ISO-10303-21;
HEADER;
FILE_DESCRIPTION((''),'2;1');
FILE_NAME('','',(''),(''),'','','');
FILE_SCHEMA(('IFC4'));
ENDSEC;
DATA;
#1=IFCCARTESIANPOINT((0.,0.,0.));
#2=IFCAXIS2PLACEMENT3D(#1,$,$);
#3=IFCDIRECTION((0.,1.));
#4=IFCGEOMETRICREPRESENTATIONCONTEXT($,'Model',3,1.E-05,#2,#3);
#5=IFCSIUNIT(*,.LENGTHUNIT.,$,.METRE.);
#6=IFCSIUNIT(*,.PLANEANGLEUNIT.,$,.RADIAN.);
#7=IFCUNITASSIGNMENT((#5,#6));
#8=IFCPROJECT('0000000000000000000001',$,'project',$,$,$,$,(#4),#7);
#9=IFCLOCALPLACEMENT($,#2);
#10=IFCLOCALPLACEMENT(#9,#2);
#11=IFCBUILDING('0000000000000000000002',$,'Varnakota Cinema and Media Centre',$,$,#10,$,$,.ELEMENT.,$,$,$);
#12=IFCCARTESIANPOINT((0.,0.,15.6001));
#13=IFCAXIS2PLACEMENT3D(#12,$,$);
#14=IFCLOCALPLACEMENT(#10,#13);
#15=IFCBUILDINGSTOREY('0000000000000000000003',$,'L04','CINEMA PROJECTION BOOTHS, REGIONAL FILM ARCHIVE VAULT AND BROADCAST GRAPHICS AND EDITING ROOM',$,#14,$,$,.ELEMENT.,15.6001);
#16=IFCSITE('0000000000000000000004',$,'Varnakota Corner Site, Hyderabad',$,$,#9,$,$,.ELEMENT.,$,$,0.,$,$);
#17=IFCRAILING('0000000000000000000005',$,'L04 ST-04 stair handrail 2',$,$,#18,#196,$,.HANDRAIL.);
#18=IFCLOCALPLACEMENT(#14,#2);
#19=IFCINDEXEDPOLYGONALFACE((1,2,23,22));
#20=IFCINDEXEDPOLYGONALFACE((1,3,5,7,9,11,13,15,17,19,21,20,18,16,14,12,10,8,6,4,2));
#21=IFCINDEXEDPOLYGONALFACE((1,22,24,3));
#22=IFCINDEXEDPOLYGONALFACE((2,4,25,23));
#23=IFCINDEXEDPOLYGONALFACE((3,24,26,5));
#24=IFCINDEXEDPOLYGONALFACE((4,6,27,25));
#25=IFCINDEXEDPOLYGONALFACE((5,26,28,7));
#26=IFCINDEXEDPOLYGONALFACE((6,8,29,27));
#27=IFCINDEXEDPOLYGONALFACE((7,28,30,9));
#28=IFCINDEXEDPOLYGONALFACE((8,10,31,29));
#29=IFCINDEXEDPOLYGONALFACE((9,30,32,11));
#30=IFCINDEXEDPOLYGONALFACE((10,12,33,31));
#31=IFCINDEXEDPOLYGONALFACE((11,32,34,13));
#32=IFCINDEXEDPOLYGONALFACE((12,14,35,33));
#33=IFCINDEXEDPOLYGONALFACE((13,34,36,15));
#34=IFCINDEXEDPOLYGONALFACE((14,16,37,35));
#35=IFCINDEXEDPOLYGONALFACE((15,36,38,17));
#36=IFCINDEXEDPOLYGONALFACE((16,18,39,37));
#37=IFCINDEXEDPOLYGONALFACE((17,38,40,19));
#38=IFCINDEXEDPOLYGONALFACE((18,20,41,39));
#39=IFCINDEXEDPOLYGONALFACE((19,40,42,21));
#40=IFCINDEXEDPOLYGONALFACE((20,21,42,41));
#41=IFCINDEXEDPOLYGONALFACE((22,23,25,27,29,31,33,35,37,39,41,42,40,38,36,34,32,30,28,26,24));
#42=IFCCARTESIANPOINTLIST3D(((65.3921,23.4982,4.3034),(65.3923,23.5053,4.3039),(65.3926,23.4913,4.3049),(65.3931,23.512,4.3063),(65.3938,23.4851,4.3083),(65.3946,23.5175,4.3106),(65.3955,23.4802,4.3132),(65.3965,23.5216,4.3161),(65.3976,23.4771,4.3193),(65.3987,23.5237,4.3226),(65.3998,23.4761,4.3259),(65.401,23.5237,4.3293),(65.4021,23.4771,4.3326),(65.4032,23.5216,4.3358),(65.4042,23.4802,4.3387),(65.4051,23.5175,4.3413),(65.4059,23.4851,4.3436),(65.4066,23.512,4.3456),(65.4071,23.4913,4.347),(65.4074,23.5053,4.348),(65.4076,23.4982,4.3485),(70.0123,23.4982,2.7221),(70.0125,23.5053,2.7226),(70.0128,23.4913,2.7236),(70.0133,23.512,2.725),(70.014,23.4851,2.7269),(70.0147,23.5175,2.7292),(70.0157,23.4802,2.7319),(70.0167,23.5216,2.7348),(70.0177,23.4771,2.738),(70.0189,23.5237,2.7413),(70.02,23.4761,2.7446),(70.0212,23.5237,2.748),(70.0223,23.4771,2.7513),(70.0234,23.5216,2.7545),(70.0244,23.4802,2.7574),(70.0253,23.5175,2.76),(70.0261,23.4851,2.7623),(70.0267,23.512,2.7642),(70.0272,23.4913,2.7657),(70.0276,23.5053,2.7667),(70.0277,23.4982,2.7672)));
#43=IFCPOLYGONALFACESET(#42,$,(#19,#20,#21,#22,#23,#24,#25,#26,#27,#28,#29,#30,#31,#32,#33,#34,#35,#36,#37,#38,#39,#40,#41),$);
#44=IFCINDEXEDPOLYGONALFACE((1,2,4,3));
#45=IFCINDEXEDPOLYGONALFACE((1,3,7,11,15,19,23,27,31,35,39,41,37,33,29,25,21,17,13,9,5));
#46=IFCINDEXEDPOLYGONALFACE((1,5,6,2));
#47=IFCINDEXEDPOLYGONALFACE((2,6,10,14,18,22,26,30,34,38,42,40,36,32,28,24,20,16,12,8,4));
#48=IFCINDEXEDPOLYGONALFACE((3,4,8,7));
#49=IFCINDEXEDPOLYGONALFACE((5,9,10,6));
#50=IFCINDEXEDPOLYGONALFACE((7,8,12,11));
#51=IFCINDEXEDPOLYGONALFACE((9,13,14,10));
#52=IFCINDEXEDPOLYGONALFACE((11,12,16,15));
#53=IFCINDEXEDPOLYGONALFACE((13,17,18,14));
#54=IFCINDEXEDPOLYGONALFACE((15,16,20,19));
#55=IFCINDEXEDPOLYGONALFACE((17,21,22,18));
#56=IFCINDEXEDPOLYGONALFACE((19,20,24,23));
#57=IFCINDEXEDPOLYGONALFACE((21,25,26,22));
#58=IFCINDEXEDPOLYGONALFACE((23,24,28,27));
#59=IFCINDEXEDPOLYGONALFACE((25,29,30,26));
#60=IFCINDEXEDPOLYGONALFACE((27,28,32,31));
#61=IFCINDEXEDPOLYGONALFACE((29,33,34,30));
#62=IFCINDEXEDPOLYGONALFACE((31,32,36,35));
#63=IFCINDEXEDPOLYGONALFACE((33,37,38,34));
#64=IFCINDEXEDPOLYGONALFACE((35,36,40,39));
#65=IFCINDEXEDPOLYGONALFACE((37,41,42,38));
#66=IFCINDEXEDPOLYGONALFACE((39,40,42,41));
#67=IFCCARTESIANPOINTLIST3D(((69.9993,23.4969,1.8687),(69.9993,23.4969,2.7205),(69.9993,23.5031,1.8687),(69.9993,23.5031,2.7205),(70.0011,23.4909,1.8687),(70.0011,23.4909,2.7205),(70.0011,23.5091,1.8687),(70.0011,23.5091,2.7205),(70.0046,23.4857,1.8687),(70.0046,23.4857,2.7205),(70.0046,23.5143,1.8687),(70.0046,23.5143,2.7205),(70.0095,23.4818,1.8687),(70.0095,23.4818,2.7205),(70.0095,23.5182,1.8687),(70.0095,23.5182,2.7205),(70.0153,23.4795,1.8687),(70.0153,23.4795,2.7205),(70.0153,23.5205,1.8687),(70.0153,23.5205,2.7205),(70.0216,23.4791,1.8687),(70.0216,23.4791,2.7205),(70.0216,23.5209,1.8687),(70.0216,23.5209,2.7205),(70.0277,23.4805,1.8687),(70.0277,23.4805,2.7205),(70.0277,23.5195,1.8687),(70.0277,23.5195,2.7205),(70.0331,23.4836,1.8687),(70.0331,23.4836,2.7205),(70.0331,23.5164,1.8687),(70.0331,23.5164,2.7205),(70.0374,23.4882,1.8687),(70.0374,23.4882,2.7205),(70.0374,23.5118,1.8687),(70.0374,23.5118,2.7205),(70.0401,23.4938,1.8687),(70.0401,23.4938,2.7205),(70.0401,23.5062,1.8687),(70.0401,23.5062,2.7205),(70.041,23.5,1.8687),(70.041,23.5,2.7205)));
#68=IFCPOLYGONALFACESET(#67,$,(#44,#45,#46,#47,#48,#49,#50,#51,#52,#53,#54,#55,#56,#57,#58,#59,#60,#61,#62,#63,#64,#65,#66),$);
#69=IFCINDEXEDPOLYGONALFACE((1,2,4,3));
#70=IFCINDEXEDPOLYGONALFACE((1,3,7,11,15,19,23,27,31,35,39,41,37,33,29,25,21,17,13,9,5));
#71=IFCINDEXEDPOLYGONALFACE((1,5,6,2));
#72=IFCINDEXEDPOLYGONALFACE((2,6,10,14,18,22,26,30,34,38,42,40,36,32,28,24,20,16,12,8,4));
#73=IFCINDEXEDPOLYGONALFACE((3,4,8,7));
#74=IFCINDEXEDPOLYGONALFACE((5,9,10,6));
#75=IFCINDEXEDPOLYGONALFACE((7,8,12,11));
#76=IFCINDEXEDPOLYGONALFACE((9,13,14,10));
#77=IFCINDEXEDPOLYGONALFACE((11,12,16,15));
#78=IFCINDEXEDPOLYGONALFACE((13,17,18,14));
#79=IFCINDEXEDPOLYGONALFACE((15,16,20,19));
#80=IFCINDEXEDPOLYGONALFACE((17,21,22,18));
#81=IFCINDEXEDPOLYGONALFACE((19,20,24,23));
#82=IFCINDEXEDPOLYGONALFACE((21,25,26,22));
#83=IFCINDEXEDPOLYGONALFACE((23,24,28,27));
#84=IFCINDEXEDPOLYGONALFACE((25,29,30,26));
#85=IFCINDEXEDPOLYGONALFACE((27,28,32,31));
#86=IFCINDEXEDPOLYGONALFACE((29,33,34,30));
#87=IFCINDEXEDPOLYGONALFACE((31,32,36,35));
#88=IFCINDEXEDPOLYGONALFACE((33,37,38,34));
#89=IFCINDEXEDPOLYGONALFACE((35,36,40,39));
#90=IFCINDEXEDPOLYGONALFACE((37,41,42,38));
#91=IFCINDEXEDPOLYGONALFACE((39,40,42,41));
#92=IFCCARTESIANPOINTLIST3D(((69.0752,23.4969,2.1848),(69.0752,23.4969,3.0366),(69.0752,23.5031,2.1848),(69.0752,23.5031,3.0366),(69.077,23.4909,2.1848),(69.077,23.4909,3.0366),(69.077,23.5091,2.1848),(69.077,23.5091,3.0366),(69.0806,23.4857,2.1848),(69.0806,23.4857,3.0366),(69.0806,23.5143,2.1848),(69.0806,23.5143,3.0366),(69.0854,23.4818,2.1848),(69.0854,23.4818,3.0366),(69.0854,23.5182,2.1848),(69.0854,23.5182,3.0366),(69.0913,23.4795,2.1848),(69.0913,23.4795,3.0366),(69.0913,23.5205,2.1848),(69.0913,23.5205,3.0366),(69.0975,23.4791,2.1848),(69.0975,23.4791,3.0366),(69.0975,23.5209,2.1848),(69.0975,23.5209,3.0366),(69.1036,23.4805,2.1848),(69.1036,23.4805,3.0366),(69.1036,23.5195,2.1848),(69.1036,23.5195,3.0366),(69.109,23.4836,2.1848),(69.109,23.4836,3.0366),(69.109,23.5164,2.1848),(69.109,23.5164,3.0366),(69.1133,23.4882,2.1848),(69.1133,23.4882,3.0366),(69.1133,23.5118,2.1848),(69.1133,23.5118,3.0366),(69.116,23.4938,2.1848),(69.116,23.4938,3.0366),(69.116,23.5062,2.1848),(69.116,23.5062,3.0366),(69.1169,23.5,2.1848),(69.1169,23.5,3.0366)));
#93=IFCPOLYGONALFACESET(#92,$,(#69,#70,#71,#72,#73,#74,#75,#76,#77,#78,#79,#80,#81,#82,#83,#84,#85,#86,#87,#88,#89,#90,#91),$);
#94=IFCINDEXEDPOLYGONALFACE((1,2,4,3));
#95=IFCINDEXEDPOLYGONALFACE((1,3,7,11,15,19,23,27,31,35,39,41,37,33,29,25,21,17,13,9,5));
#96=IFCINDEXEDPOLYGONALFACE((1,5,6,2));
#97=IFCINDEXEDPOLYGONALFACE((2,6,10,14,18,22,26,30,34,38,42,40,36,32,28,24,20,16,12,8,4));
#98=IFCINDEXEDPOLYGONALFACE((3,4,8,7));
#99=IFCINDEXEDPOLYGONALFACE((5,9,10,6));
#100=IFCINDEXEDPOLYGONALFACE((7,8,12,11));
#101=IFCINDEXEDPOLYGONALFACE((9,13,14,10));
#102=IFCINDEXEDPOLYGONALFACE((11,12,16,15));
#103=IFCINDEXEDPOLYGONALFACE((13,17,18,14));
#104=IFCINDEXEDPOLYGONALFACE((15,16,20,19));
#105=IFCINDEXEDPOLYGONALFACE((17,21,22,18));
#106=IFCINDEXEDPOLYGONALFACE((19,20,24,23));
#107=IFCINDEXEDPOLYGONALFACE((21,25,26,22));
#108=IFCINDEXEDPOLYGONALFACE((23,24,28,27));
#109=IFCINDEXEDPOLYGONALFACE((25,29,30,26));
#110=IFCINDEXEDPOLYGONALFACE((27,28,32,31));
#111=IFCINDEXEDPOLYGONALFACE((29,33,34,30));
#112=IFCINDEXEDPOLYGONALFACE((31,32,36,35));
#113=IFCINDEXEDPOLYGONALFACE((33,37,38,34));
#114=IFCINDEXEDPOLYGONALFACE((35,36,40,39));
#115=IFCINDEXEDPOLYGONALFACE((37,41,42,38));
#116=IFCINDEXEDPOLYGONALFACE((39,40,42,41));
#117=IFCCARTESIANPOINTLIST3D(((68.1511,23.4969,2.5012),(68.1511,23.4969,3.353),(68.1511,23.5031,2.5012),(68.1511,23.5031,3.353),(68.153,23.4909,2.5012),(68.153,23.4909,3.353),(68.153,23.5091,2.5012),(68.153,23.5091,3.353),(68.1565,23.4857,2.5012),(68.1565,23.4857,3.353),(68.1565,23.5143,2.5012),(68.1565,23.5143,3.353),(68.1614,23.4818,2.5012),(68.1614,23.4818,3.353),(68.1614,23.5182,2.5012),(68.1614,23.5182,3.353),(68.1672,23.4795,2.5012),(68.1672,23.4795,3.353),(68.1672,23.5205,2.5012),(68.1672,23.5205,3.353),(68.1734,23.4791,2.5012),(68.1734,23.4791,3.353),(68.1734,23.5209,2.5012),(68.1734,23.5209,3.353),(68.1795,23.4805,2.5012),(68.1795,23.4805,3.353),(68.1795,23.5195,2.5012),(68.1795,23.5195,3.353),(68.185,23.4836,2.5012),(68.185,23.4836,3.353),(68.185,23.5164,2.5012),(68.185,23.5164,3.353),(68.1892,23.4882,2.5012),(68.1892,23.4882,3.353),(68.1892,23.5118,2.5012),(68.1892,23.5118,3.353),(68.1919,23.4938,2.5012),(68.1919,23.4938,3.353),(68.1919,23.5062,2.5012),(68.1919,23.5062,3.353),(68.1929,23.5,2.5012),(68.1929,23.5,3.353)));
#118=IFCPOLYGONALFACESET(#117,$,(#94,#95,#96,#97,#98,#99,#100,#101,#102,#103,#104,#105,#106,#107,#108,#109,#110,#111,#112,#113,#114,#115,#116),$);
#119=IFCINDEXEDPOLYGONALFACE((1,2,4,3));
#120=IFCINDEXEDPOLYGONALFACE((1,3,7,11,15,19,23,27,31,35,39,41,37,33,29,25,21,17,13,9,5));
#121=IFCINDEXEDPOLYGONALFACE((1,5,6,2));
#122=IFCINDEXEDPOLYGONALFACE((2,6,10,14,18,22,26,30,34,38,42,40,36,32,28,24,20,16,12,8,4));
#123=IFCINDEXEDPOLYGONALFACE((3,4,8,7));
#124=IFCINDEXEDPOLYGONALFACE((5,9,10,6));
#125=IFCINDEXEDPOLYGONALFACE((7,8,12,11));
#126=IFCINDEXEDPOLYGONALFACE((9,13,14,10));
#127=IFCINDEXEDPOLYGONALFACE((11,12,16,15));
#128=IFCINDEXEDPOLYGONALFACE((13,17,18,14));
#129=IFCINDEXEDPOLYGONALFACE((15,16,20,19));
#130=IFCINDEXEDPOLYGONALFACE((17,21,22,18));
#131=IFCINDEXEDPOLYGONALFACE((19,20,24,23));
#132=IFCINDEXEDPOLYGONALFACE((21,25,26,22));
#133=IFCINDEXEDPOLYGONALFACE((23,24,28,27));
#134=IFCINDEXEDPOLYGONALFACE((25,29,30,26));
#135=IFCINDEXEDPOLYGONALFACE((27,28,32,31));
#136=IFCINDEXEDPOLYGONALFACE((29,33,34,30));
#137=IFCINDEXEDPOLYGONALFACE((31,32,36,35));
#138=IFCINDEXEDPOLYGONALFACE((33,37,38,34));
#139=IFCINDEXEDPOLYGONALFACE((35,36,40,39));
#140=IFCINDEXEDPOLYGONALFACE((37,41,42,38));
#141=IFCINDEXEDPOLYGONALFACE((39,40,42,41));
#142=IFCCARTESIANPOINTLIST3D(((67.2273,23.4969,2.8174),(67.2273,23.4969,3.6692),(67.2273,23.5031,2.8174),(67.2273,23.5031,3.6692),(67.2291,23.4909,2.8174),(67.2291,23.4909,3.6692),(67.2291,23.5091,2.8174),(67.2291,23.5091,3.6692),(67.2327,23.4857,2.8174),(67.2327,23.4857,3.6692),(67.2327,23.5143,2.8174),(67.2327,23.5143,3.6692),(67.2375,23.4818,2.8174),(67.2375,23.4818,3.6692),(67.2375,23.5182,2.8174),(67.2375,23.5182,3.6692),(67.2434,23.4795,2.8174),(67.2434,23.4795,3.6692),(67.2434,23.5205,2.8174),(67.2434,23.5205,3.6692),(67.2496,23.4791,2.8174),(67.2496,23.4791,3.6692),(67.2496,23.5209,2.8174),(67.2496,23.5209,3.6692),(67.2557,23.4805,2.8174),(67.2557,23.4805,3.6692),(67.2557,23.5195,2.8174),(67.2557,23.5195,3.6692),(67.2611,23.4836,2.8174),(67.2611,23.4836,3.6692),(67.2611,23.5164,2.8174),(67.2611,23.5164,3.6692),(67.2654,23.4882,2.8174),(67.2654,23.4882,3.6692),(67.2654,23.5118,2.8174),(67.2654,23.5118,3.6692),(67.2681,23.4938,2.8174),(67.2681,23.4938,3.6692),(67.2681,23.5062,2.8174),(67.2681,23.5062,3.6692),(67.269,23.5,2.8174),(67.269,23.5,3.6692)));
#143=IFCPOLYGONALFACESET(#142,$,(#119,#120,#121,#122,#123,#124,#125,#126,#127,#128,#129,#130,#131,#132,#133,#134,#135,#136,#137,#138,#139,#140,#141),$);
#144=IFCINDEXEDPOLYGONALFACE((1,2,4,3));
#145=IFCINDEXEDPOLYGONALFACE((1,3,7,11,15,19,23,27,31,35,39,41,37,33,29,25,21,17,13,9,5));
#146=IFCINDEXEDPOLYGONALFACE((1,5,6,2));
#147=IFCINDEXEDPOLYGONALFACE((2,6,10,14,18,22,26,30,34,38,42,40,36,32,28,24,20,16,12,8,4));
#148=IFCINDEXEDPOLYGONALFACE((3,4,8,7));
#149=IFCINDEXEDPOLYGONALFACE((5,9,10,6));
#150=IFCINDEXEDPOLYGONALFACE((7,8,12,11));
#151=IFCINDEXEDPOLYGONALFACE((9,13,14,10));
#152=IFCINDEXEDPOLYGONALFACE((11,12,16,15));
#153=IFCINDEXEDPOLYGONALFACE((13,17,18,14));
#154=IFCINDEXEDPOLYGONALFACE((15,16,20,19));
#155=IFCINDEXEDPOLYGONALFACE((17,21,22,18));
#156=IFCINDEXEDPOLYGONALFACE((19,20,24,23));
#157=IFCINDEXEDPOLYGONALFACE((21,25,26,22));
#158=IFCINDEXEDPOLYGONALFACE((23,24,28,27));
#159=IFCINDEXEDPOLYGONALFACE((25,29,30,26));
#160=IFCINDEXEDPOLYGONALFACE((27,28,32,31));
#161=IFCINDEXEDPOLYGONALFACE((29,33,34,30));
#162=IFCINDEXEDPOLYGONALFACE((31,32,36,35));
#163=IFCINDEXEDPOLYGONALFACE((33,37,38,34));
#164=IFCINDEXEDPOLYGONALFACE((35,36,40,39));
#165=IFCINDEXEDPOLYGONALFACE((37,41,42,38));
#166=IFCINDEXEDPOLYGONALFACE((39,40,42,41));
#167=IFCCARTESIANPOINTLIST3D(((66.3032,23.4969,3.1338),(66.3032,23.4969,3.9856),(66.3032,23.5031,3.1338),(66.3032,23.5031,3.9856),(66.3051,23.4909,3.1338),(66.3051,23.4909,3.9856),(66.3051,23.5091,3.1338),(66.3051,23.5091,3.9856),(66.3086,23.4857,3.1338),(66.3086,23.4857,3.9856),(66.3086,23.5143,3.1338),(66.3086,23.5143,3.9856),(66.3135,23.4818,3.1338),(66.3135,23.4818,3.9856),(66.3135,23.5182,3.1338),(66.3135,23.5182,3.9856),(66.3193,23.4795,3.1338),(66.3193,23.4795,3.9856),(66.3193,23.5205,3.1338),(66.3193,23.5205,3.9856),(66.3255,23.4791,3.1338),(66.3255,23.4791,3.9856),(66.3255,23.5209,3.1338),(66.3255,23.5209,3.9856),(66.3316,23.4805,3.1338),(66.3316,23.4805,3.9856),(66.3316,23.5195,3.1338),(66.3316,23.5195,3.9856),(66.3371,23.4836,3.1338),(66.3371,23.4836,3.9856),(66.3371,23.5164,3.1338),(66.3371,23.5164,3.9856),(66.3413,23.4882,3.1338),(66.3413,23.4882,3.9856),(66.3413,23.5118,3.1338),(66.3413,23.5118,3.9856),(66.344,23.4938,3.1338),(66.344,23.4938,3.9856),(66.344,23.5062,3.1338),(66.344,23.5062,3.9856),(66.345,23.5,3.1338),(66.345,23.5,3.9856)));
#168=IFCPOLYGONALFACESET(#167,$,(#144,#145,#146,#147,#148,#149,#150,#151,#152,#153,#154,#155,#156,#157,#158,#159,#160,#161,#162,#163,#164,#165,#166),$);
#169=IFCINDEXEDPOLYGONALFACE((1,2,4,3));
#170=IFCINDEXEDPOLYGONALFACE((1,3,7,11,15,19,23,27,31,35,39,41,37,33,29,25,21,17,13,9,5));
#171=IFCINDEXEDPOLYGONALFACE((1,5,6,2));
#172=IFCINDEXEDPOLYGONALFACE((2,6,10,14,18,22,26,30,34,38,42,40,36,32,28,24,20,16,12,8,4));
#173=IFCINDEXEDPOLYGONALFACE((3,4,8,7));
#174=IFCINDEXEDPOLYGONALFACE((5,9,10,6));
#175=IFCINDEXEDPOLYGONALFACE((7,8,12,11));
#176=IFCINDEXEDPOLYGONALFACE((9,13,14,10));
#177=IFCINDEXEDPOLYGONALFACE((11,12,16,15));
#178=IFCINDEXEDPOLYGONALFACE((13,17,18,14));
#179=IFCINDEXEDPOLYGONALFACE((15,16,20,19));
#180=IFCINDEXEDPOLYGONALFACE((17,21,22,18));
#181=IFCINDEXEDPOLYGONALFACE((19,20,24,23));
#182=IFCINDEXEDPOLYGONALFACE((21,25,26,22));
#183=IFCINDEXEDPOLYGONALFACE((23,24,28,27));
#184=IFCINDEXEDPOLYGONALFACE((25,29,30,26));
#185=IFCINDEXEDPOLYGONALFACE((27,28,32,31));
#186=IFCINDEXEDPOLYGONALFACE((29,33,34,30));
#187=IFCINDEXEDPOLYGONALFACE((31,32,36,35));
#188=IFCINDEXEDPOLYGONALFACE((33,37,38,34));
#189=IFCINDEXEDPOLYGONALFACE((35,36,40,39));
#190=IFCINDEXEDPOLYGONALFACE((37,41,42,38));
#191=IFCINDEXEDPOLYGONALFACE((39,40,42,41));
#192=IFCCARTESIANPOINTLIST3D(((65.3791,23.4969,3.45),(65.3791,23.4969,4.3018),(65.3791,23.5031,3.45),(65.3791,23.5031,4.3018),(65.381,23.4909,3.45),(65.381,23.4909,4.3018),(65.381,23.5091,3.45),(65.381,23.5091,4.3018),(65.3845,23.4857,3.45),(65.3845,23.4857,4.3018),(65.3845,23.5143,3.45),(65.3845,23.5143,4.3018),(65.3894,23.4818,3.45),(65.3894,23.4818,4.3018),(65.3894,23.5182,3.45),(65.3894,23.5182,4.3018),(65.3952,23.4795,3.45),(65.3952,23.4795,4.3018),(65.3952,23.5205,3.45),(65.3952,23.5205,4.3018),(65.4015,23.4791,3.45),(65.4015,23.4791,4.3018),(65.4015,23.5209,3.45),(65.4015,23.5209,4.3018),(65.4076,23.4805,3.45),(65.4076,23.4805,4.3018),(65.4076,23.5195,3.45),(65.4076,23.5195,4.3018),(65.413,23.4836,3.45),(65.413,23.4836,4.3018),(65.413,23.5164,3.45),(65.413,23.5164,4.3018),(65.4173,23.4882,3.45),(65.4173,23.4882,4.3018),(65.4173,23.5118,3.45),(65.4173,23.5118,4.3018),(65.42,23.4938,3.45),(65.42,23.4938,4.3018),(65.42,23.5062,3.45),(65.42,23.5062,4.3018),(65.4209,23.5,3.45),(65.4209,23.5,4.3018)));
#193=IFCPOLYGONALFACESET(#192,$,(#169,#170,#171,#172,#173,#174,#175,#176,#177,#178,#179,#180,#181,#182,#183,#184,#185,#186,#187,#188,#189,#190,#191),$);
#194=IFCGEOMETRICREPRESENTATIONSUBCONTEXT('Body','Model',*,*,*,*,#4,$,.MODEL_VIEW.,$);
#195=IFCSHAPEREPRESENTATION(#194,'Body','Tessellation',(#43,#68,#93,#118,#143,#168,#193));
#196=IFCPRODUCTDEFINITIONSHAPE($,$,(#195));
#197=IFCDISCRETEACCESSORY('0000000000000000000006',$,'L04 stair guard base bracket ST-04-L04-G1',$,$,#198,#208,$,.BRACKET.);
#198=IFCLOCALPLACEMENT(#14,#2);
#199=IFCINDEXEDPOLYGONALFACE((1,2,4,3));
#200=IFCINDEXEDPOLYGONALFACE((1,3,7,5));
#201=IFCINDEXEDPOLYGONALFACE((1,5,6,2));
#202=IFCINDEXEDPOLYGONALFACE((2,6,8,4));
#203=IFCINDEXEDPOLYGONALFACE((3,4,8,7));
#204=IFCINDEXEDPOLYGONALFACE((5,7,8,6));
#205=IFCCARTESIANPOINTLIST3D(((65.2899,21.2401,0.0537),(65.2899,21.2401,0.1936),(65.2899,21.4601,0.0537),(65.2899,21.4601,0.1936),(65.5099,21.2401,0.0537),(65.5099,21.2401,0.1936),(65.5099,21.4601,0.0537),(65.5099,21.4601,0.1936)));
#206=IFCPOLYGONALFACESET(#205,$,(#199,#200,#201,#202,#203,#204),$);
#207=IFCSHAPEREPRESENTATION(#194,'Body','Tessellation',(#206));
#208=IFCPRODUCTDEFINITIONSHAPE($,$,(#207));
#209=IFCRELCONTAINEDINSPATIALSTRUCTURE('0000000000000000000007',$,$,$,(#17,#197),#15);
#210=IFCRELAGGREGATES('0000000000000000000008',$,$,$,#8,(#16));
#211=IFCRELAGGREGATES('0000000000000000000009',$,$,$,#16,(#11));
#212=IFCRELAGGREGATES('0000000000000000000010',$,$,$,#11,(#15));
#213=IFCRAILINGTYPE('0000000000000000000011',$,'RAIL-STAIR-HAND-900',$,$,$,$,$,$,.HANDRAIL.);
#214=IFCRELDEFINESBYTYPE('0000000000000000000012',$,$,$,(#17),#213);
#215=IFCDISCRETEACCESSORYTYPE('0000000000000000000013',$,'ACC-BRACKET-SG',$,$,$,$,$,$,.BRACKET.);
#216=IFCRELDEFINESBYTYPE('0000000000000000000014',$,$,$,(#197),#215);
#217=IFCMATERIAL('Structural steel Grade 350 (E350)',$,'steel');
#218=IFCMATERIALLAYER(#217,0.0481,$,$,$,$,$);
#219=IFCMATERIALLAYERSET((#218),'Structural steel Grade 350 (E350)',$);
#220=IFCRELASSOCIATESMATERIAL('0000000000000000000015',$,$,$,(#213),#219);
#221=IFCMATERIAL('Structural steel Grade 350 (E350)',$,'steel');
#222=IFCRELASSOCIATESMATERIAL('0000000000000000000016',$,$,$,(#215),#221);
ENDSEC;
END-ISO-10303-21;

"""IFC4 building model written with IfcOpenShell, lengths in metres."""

from ifc_helpers import new_model, si_unit, direction, frame, origin, origin_2d, place, context, subcontext, project, spatial, rectangle, circle, extrude, material, layer, layer_set, type_object, element, save


model = new_model("IFC4")

# Units and contexts
model_context = context("Model", 3, precision=1e-05, world=origin(), true_north=direction((0.0, 1.0)))
body_context = subcontext(model_context, "Body", "Model", "MODEL_VIEW")
ifc_project = project(units=[si_unit("LENGTHUNIT", "METRE"), si_unit("PLANEANGLEUNIT", "RADIAN")], contexts=[model_context])

# Site, building, storey
site_placement = place(None, origin())
site = spatial("IfcSite", under=ifc_project, at=site_placement, Name="Varnakota Corner Site, Hyderabad", CompositionType="ELEMENT", RefElevation=0.0)
building_placement = place(site_placement, origin())
building = spatial("IfcBuilding", under=site, at=building_placement, Name="Varnakota Cinema and Media Centre", CompositionType="ELEMENT")
storey_placement = place(building_placement, frame((0.0, 0.0, 15.6001)))
storey = spatial("IfcBuildingStorey", under=building, at=storey_placement, Name="L04", Description="CINEMA PROJECTION BOOTHS, REGIONAL FILM ARCHIVE VAULT AND BROADCAST GRAPHICS AND EDITING ROOM", CompositionType="ELEMENT", Elevation=15.6001)

# Railing
ifc_material_1 = material(Name="Structural steel Grade 350 (E350)", Category="steel")
ifc_layer_1 = layer(ifc_material_1, 0.0481)
ifc_layer_set_1 = layer_set([ifc_layer_1], Name="Structural steel Grade 350 (E350)")
railing_type_1 = type_object("IfcRailingType", Name="RAIL-STAIR-HAND-900", PredefinedType="HANDRAIL", material=ifc_layer_set_1)
railing_1_placement = place(storey_placement, frame((70.02, 23.5, 1.8687)))
element("IfcRailing", 1, at=railing_1_placement, inside=storey, type_object=railing_type_1, Name="L04 ST-04 stair handrail 2", PredefinedType="HANDRAIL", context=body_context, shape_type="SweptSolid", body=[
    extrude(circle(Radius=0.0239, at=origin_2d()), frame((0.0, 0.0, 0.876), z_axis=(-0.946118, 0.0, 0.323822), x_axis=(0.0, -1.0, 0.0)), (0.0, 0.0, 1.0), 4.8833),
    extrude(circle(Radius=0.021, at=origin_2d()), origin(), (0.0, 0.0, 1.0), 0.8518),
    extrude(circle(Radius=0.021, at=origin_2d()), frame((-0.9241, 0.0, 0.3162)), (0.0, 0.0, 1.0), 0.8518),
    extrude(circle(Radius=0.021, at=origin_2d()), frame((-1.8481, 0.0, 0.6326)), (0.0, 0.0, 1.0), 0.8518),
    extrude(circle(Radius=0.021, at=origin_2d()), frame((-2.772, 0.0, 0.9487)), (0.0, 0.0, 1.0), 0.8518),
    extrude(circle(Radius=0.021, at=origin_2d()), frame((-3.696, 0.0, 1.2651)), (0.0, 0.0, 1.0), 0.8518),
    extrude(circle(Radius=0.021, at=origin_2d()), frame((-4.6201, 0.0, 1.5813)), (0.0, 0.0, 1.0), 0.8518),
])

# Discrete accessory
ifc_material_2 = material(Name="Structural steel Grade 350 (E350)", Category="steel")
discrete_accessory_type = type_object("IfcDiscreteAccessoryType", Name="ACC-BRACKET-SG", PredefinedType="BRACKET", material=ifc_material_2)
for number, where, z_axis, x_axis, name in (
    (2, (65.3999, 21.3501, 0.0537), (0.0, 0.0, 1.0), (1.0, 0.0, 0.0), "L04 stair guard base bracket ST-04-L04-G1"),
):
    element("IfcDiscreteAccessory", number, at=place(storey_placement, frame(where, z_axis=z_axis, x_axis=x_axis)), inside=storey, type_object=discrete_accessory_type, Name=name, PredefinedType="BRACKET", context=body_context, shape_type="SweptSolid", body=[
        extrude(rectangle(XDim=0.22, YDim=0.22, at=origin_2d()), origin(), (0.0, 0.0, 1.0), 0.1399),
    ])

save(model, "model.ifc")
